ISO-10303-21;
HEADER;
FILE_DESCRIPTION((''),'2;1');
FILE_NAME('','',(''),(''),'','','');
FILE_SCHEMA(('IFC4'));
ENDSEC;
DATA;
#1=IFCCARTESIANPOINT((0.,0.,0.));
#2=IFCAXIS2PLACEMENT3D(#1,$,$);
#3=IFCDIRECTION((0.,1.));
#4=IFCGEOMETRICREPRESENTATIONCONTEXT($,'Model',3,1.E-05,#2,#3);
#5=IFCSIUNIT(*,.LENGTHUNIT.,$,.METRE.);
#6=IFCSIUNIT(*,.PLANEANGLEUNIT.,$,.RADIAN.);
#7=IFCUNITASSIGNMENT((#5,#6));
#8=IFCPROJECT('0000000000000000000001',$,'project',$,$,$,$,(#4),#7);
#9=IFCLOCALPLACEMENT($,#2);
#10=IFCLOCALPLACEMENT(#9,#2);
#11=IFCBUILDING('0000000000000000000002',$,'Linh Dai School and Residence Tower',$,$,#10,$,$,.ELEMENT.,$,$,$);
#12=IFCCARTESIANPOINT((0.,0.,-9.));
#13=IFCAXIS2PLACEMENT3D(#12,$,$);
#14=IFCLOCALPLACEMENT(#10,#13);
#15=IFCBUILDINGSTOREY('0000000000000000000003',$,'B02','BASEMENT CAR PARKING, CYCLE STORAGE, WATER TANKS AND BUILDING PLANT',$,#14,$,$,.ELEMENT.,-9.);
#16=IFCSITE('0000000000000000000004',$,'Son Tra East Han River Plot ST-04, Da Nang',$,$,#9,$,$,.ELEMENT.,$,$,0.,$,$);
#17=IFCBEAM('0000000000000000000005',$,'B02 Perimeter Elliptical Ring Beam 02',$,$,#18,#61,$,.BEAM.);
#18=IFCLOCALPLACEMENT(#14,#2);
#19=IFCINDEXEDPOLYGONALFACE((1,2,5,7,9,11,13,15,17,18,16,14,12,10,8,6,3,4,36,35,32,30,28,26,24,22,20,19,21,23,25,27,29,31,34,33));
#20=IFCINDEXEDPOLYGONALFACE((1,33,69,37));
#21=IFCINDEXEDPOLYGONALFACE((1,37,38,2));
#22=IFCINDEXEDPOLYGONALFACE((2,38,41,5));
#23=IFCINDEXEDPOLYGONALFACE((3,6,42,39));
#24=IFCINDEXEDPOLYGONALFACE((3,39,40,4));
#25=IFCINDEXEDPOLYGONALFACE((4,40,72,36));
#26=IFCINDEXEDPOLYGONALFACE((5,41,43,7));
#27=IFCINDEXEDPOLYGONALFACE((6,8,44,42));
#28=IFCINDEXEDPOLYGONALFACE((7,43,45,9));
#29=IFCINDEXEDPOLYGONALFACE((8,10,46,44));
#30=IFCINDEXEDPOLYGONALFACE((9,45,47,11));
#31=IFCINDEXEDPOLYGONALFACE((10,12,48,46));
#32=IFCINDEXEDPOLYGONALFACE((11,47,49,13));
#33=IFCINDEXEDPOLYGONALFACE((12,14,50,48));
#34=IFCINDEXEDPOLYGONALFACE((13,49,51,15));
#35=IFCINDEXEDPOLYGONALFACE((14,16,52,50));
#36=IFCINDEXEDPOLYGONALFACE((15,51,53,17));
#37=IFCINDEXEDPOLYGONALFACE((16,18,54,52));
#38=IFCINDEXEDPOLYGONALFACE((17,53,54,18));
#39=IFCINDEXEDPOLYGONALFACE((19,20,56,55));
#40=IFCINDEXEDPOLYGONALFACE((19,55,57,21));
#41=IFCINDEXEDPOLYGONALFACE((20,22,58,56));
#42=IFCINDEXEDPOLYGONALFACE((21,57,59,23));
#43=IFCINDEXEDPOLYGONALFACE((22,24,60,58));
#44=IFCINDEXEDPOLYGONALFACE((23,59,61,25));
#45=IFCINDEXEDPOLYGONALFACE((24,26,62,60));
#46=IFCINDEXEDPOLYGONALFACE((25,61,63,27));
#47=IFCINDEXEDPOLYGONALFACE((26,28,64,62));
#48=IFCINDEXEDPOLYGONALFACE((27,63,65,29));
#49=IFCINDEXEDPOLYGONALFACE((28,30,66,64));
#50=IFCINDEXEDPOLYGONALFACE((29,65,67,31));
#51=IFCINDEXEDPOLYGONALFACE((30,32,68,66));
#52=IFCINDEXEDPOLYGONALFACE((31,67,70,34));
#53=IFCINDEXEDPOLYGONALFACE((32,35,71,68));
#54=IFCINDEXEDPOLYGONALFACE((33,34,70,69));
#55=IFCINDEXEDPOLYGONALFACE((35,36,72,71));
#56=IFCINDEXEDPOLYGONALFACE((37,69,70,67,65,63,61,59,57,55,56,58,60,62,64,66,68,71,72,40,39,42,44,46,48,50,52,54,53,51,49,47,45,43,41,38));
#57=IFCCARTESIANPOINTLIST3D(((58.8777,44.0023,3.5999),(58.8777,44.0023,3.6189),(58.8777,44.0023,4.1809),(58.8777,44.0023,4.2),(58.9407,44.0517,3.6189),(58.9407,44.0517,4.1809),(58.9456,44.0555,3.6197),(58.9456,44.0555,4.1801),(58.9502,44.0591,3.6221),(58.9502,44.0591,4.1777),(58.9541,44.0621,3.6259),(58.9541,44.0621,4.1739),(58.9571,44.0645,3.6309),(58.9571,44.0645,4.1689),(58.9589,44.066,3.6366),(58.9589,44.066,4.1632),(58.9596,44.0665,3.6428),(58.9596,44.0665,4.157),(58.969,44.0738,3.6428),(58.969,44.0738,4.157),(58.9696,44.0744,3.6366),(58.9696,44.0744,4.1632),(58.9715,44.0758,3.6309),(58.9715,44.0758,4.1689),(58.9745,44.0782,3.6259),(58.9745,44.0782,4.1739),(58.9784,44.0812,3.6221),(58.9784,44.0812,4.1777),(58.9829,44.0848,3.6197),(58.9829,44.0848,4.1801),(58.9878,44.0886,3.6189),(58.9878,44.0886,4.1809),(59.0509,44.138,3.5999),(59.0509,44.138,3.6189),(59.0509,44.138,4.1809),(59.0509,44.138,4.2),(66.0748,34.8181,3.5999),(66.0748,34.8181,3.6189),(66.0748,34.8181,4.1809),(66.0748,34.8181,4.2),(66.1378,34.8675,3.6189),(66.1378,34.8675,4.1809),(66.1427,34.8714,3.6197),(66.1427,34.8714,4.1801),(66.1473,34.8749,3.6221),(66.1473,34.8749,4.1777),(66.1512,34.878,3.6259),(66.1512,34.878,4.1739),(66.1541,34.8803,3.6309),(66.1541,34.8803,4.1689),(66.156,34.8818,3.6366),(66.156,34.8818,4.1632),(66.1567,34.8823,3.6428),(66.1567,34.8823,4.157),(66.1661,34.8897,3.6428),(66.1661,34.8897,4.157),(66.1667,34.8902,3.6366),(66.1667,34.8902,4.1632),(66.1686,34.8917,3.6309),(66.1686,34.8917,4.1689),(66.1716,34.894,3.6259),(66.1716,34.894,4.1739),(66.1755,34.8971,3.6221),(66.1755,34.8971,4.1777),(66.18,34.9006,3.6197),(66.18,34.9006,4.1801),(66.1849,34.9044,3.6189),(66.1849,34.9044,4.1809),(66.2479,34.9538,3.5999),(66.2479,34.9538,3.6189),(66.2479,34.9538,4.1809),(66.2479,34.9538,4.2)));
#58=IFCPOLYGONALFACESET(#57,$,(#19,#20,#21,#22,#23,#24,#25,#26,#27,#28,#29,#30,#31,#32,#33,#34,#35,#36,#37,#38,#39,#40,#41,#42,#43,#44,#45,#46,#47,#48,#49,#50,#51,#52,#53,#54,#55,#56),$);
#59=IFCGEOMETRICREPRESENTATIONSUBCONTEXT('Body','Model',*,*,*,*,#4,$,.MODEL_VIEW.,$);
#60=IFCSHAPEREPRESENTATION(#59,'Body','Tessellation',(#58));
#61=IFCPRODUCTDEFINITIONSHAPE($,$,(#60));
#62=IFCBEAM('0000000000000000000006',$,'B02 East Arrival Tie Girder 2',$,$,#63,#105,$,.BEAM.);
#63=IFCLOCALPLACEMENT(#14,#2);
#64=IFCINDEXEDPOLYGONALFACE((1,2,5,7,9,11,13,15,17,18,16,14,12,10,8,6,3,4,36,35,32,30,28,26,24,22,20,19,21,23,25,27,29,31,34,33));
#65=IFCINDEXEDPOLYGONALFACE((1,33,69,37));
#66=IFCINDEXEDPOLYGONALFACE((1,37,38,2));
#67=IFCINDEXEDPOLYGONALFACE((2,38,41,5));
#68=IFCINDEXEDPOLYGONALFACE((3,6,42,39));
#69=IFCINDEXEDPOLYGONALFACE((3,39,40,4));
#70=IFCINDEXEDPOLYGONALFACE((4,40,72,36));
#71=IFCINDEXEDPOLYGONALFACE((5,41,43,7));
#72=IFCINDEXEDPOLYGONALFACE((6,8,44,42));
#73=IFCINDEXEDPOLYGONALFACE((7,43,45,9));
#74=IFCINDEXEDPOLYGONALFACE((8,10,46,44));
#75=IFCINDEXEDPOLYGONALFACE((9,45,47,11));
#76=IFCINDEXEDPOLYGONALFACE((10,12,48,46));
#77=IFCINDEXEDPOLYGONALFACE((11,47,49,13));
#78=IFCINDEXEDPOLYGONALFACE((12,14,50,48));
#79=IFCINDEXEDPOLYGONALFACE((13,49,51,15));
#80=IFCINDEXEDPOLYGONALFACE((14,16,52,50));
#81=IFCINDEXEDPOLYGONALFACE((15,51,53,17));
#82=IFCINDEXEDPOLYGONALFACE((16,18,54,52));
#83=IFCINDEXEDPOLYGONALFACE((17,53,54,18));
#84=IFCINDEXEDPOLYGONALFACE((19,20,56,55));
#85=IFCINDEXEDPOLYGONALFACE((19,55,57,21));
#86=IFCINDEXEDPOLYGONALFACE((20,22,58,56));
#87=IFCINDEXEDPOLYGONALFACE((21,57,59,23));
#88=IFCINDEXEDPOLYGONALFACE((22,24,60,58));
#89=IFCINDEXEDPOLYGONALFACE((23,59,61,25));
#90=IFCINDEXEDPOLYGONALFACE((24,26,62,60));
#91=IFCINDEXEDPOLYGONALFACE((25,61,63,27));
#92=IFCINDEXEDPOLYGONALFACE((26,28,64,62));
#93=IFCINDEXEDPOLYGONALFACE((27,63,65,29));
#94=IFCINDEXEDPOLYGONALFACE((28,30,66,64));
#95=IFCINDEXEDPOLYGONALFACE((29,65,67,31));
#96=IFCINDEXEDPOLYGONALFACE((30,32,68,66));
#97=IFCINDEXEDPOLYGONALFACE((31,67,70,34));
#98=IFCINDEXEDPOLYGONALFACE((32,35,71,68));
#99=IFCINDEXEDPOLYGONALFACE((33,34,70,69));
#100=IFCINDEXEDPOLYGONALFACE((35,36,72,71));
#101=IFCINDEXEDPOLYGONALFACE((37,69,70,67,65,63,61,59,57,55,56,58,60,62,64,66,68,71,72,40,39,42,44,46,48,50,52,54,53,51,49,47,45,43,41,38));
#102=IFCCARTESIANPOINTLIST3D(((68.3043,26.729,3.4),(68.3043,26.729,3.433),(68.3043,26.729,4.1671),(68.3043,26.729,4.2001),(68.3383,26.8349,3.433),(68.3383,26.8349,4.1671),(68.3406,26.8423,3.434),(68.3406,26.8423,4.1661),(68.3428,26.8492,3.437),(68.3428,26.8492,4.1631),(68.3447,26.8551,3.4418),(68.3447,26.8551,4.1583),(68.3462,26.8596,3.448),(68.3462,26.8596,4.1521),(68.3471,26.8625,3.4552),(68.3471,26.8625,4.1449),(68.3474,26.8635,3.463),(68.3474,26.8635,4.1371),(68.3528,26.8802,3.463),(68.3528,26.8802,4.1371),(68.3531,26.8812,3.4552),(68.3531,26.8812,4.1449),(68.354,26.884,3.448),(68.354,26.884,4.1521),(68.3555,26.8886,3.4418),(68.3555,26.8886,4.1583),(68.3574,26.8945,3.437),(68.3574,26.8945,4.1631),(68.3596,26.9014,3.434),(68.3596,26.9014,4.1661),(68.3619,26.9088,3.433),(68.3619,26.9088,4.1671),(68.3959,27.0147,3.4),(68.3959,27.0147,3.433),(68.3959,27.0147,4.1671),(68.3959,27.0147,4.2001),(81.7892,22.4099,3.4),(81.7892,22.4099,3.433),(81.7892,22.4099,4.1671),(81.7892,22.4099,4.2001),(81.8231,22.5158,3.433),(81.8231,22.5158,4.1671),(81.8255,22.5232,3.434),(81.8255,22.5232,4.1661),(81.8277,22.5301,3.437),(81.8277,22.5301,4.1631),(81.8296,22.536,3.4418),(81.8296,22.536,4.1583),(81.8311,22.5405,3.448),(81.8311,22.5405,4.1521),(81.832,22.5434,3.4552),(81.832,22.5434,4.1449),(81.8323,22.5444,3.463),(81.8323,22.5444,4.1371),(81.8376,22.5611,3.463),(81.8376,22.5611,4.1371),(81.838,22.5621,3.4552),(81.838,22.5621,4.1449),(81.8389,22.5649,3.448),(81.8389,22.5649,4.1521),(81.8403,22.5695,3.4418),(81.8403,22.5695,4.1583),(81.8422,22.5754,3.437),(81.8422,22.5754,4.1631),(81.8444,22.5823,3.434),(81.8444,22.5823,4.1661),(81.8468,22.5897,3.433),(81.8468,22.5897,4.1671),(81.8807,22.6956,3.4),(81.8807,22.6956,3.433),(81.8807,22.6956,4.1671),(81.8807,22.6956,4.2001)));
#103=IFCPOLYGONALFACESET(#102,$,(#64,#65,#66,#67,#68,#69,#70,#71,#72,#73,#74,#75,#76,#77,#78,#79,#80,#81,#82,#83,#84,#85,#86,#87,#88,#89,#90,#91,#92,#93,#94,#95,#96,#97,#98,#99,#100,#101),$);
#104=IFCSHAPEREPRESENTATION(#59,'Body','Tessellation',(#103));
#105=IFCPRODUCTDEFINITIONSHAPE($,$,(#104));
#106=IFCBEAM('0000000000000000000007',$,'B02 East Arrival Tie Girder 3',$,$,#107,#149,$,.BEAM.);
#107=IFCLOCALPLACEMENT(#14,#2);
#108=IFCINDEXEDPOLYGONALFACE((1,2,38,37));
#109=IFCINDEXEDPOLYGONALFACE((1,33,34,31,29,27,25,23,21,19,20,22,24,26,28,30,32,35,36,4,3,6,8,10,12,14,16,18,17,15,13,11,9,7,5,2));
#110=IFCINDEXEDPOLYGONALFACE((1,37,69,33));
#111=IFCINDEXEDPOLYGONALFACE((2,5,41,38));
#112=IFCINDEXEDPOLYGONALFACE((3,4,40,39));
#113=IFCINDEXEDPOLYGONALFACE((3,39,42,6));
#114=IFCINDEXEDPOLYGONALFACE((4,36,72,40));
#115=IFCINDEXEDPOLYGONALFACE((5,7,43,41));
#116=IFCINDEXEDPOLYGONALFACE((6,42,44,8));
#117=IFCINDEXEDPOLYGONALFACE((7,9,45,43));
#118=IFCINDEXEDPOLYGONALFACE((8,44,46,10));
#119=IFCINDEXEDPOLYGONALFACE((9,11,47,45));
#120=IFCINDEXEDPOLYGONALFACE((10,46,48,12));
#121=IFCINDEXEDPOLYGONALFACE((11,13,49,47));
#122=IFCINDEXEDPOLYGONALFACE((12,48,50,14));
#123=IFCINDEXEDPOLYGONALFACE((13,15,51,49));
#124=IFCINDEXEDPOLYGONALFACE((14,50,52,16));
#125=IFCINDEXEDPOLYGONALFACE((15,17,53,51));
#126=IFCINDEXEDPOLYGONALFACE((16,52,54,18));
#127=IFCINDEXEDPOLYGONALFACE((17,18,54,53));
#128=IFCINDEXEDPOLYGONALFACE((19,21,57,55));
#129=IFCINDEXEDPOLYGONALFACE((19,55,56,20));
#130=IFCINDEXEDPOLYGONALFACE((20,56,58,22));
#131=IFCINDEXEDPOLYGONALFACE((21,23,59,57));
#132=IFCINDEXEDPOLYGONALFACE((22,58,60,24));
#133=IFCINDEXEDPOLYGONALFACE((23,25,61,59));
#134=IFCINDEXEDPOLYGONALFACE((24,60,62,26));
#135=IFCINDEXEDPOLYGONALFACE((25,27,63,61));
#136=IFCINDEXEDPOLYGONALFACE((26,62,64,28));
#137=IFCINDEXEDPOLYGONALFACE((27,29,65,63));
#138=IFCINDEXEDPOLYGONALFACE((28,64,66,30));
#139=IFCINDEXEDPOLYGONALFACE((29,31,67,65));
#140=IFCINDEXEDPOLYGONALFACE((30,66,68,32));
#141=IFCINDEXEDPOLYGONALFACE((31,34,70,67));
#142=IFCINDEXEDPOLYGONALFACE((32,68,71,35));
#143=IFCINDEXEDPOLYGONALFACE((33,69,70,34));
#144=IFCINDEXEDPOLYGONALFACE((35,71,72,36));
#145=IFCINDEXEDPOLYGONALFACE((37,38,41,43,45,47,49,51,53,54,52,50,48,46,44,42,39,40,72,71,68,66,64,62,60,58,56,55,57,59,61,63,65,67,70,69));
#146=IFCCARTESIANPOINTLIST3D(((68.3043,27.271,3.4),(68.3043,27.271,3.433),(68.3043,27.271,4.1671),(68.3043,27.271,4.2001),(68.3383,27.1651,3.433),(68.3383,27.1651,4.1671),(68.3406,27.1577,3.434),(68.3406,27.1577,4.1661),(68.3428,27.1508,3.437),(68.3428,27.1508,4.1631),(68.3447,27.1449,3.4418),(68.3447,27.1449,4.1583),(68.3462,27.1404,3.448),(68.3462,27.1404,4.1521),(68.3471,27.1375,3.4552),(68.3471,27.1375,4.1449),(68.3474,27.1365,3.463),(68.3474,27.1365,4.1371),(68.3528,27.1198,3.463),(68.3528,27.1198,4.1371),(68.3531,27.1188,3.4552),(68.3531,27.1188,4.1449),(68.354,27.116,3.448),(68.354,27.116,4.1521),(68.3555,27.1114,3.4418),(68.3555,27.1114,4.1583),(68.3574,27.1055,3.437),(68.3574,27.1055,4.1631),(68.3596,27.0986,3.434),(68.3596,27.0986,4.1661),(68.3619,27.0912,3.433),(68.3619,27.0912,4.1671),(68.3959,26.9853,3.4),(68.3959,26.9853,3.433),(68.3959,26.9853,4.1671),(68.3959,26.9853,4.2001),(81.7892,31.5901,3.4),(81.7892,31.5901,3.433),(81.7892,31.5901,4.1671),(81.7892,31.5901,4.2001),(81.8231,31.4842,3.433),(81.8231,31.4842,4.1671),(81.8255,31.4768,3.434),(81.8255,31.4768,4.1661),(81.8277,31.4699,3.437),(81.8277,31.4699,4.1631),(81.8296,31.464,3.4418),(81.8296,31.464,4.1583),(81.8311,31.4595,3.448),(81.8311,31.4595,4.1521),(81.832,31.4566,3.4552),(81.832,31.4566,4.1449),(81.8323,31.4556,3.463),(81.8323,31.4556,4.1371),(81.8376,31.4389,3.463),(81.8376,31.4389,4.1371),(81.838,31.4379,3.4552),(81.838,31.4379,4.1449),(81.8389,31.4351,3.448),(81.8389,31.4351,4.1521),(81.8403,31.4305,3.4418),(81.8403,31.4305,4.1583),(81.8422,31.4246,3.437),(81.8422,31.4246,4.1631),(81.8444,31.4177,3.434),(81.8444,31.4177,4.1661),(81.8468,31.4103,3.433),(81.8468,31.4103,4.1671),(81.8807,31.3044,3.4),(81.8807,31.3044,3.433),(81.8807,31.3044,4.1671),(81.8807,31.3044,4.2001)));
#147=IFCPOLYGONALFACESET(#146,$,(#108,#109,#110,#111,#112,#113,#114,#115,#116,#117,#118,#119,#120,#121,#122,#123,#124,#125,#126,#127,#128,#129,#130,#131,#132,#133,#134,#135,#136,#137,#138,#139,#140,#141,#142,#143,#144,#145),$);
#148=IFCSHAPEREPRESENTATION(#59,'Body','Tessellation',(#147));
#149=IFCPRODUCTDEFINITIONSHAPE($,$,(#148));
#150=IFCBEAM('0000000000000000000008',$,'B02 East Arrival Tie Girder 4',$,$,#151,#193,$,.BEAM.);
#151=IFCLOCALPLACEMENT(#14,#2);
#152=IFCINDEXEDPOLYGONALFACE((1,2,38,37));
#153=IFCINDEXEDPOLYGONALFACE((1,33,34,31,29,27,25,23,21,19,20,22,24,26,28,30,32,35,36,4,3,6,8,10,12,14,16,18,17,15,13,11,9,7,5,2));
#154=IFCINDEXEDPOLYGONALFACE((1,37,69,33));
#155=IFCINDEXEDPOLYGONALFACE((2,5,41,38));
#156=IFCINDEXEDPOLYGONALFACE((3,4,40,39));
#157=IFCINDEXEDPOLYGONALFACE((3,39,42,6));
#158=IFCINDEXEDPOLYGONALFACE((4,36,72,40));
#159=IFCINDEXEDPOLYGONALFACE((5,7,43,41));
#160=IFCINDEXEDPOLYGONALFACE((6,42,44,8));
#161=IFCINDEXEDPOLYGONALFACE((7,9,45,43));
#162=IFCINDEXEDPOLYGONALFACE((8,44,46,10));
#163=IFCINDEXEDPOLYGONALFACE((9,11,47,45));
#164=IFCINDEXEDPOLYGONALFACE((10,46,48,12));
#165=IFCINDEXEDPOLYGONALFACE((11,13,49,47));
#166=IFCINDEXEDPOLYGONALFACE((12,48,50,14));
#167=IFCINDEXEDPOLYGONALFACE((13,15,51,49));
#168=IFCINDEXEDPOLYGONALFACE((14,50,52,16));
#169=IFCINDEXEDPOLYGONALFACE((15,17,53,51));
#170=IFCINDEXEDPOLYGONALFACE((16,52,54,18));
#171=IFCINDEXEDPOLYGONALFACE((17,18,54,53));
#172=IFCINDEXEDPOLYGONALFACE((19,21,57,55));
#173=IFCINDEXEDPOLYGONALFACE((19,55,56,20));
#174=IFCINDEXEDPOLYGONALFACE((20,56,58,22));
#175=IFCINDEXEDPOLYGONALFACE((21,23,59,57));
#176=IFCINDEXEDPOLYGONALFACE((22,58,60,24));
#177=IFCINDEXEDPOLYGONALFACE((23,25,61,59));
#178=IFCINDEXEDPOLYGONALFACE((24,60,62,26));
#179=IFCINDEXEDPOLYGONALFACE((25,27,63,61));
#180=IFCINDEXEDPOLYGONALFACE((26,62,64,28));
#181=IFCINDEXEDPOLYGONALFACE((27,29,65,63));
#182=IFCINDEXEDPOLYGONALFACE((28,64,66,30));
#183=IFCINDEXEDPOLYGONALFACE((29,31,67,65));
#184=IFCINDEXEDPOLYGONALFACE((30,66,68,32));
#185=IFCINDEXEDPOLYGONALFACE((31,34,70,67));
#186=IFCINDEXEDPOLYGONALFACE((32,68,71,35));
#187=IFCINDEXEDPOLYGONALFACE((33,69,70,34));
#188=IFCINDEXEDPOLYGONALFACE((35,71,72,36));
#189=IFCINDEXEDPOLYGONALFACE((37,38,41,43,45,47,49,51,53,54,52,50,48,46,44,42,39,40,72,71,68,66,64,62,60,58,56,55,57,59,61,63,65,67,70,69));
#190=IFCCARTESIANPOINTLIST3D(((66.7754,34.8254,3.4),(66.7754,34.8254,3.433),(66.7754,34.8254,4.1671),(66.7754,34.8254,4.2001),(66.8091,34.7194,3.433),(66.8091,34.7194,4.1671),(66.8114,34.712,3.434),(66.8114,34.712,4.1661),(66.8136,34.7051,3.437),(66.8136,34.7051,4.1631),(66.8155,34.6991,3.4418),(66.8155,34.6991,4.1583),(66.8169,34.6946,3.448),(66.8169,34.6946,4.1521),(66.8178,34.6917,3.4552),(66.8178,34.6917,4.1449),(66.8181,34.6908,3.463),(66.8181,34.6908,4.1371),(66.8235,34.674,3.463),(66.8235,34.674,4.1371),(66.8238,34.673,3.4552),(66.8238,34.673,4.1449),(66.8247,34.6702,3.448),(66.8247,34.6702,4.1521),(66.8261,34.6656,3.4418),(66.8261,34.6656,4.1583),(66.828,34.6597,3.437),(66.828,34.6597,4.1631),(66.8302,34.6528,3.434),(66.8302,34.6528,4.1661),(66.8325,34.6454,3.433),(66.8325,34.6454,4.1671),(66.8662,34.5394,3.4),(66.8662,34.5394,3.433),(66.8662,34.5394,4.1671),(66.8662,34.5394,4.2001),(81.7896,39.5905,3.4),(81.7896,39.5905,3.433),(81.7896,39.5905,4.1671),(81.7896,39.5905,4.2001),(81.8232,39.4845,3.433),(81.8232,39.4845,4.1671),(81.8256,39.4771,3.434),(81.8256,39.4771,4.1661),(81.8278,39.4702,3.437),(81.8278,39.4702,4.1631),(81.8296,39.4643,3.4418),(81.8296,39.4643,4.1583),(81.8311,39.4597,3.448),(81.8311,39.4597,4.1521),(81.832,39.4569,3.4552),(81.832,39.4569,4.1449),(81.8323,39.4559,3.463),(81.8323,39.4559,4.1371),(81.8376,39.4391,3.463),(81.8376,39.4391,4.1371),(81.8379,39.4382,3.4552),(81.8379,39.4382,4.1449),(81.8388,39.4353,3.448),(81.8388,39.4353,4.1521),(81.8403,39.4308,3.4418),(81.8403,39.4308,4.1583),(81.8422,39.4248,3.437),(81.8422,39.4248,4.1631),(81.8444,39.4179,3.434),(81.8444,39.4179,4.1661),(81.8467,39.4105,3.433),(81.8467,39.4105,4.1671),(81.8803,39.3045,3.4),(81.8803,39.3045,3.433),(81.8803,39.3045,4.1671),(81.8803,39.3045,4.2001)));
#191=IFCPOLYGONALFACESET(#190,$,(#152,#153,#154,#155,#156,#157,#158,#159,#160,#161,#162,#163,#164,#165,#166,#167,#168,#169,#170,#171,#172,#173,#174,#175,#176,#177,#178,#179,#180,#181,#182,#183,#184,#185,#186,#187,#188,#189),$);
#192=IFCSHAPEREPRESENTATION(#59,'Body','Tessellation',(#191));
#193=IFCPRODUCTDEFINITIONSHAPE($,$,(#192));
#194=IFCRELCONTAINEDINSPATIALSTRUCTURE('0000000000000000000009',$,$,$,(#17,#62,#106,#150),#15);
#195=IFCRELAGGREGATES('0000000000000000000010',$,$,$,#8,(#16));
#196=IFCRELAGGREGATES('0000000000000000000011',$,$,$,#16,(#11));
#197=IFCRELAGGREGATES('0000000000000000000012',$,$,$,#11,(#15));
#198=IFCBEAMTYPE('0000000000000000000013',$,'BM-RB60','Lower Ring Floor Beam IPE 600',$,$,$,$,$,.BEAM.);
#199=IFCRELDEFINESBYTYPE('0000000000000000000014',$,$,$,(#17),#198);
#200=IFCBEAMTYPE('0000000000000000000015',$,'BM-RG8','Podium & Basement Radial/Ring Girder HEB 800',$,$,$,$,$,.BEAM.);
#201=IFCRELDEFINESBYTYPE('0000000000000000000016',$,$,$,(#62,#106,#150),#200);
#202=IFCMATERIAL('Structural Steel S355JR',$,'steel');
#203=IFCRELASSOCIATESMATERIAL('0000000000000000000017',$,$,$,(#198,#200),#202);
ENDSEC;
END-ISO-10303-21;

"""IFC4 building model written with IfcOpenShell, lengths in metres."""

from ifc_helpers import new_model, si_unit, direction, frame, origin, origin_2d, place, context, subcontext, project, spatial, i_section, extrude, material, material_profile, profile_set, type_object, element, save


model = new_model("IFC4")

# Units and contexts
model_context = context("Model", 3, precision=1e-05, world=origin(), true_north=direction((0.0, 1.0)))
body_context = subcontext(model_context, "Body", "Model", "MODEL_VIEW")
ifc_project = project(units=[si_unit("LENGTHUNIT", "METRE"), si_unit("PLANEANGLEUNIT", "RADIAN")], contexts=[model_context])

# Site, building, storey
site_placement = place(None, origin())
site = spatial("IfcSite", under=ifc_project, at=site_placement, Name="Son Tra East Han River Plot ST-04, Da Nang", CompositionType="ELEMENT", RefElevation=0.0)
building_placement = place(site_placement, origin())
building = spatial("IfcBuilding", under=site, at=building_placement, Name="Linh Dai School and Residence Tower", CompositionType="ELEMENT")
storey_placement = place(building_placement, frame((0.0, 0.0, -9.0)))
storey = spatial("IfcBuildingStorey", under=building, at=storey_placement, Name="B02", Description="BASEMENT CAR PARKING, CYCLE STORAGE, WATER TANKS AND BUILDING PLANT", CompositionType="ELEMENT", Elevation=-9.0)

# Shared definitions
ifc_material_1 = material(Name="Structural Steel S355JR", Category="steel")

# Beams
ifc_material_profile_1 = material_profile(ifc_material_1, i_section(OverallWidth=0.22, OverallDepth=0.6001, WebThickness=0.012, FlangeThickness=0.019, FilletRadius=0.0239, at=origin_2d()), Name="IPE 600")
ifc_profile_set_1 = profile_set([ifc_material_profile_1], Name="Structural Steel S355JR")
beam_type_1 = type_object("IfcBeamType", Name="BM-RB60", Description="Lower Ring Floor Beam IPE 600", PredefinedType="BEAM", material=ifc_profile_set_1)
beam_1_placement = place(storey_placement, frame((66.1614, 34.886, 3.8999), z_axis=(-0.616812, 0.787111, 0.0), x_axis=(-0.787111, -0.616812, 0.0)))
element("IfcBeam", 1, at=beam_1_placement, inside=storey, type_object=beam_type_1, Name="B02 Perimeter Elliptical Ring Beam 02", PredefinedType="BEAM", context=body_context, shape_type="SweptSolid", body=[
    extrude(i_section(OverallWidth=0.22, OverallDepth=0.6001, WebThickness=0.012, FlangeThickness=0.019, FilletRadius=0.0239, at=origin_2d()), origin(), (0.0, 0.0, 1.0), 11.6682),
])
ifc_material_profile_2 = material_profile(ifc_material_1, i_section(OverallWidth=0.3, OverallDepth=0.8, WebThickness=0.0176, FlangeThickness=0.033, FilletRadius=0.03, at=origin_2d()), Name="HEB 800")
ifc_profile_set_2 = profile_set([ifc_material_profile_2], Name="Structural Steel S355JR")
beam_type_2 = type_object("IfcBeamType", Name="BM-RG8", Description="Podium & Basement Radial/Ring Girder HEB 800", PredefinedType="BEAM", material=ifc_profile_set_2)
for number, where, z_axis, x_axis, name in (
    (2, (68.3501, 26.8718, 3.8), (0.952343, -0.305028, 0.0), (0.305028, 0.952343, 0.0), "B02 East Arrival Tie Girder 2"),
    (3, (68.3501, 27.1282, 3.8), (0.952343, 0.305028, 0.0), (-0.305028, 0.952343, 0.0), "B02 East Arrival Tie Girder 3"),
):
    element("IfcBeam", number, at=place(storey_placement, frame(where, z_axis=z_axis, x_axis=x_axis)), inside=storey, type_object=beam_type_2, Name=name, PredefinedType="BEAM", context=body_context, shape_type="SweptSolid", body=[
        extrude(i_section(OverallWidth=0.3, OverallDepth=0.8, WebThickness=0.0176, FlangeThickness=0.033, FilletRadius=0.03, at=origin_2d()), origin(), (0.0, 0.0, 1.0), 14.1597),
    ])
beam_2_placement = place(storey_placement, frame((66.8208, 34.6824, 3.8), z_axis=(0.953147, 0.302506, 0.0), x_axis=(-0.302506, 0.953147, 0.0)))
element("IfcBeam", 4, at=beam_2_placement, inside=storey, type_object=beam_type_2, Name="B02 East Arrival Tie Girder 4", PredefinedType="BEAM", context=body_context, shape_type="SweptSolid", body=[
    extrude(i_section(OverallWidth=0.3, OverallDepth=0.8, WebThickness=0.0176, FlangeThickness=0.033, FilletRadius=0.03, at=origin_2d()), origin(), (0.0, 0.0, 1.0), 15.7522),
])

save(model, "model.ifc")
